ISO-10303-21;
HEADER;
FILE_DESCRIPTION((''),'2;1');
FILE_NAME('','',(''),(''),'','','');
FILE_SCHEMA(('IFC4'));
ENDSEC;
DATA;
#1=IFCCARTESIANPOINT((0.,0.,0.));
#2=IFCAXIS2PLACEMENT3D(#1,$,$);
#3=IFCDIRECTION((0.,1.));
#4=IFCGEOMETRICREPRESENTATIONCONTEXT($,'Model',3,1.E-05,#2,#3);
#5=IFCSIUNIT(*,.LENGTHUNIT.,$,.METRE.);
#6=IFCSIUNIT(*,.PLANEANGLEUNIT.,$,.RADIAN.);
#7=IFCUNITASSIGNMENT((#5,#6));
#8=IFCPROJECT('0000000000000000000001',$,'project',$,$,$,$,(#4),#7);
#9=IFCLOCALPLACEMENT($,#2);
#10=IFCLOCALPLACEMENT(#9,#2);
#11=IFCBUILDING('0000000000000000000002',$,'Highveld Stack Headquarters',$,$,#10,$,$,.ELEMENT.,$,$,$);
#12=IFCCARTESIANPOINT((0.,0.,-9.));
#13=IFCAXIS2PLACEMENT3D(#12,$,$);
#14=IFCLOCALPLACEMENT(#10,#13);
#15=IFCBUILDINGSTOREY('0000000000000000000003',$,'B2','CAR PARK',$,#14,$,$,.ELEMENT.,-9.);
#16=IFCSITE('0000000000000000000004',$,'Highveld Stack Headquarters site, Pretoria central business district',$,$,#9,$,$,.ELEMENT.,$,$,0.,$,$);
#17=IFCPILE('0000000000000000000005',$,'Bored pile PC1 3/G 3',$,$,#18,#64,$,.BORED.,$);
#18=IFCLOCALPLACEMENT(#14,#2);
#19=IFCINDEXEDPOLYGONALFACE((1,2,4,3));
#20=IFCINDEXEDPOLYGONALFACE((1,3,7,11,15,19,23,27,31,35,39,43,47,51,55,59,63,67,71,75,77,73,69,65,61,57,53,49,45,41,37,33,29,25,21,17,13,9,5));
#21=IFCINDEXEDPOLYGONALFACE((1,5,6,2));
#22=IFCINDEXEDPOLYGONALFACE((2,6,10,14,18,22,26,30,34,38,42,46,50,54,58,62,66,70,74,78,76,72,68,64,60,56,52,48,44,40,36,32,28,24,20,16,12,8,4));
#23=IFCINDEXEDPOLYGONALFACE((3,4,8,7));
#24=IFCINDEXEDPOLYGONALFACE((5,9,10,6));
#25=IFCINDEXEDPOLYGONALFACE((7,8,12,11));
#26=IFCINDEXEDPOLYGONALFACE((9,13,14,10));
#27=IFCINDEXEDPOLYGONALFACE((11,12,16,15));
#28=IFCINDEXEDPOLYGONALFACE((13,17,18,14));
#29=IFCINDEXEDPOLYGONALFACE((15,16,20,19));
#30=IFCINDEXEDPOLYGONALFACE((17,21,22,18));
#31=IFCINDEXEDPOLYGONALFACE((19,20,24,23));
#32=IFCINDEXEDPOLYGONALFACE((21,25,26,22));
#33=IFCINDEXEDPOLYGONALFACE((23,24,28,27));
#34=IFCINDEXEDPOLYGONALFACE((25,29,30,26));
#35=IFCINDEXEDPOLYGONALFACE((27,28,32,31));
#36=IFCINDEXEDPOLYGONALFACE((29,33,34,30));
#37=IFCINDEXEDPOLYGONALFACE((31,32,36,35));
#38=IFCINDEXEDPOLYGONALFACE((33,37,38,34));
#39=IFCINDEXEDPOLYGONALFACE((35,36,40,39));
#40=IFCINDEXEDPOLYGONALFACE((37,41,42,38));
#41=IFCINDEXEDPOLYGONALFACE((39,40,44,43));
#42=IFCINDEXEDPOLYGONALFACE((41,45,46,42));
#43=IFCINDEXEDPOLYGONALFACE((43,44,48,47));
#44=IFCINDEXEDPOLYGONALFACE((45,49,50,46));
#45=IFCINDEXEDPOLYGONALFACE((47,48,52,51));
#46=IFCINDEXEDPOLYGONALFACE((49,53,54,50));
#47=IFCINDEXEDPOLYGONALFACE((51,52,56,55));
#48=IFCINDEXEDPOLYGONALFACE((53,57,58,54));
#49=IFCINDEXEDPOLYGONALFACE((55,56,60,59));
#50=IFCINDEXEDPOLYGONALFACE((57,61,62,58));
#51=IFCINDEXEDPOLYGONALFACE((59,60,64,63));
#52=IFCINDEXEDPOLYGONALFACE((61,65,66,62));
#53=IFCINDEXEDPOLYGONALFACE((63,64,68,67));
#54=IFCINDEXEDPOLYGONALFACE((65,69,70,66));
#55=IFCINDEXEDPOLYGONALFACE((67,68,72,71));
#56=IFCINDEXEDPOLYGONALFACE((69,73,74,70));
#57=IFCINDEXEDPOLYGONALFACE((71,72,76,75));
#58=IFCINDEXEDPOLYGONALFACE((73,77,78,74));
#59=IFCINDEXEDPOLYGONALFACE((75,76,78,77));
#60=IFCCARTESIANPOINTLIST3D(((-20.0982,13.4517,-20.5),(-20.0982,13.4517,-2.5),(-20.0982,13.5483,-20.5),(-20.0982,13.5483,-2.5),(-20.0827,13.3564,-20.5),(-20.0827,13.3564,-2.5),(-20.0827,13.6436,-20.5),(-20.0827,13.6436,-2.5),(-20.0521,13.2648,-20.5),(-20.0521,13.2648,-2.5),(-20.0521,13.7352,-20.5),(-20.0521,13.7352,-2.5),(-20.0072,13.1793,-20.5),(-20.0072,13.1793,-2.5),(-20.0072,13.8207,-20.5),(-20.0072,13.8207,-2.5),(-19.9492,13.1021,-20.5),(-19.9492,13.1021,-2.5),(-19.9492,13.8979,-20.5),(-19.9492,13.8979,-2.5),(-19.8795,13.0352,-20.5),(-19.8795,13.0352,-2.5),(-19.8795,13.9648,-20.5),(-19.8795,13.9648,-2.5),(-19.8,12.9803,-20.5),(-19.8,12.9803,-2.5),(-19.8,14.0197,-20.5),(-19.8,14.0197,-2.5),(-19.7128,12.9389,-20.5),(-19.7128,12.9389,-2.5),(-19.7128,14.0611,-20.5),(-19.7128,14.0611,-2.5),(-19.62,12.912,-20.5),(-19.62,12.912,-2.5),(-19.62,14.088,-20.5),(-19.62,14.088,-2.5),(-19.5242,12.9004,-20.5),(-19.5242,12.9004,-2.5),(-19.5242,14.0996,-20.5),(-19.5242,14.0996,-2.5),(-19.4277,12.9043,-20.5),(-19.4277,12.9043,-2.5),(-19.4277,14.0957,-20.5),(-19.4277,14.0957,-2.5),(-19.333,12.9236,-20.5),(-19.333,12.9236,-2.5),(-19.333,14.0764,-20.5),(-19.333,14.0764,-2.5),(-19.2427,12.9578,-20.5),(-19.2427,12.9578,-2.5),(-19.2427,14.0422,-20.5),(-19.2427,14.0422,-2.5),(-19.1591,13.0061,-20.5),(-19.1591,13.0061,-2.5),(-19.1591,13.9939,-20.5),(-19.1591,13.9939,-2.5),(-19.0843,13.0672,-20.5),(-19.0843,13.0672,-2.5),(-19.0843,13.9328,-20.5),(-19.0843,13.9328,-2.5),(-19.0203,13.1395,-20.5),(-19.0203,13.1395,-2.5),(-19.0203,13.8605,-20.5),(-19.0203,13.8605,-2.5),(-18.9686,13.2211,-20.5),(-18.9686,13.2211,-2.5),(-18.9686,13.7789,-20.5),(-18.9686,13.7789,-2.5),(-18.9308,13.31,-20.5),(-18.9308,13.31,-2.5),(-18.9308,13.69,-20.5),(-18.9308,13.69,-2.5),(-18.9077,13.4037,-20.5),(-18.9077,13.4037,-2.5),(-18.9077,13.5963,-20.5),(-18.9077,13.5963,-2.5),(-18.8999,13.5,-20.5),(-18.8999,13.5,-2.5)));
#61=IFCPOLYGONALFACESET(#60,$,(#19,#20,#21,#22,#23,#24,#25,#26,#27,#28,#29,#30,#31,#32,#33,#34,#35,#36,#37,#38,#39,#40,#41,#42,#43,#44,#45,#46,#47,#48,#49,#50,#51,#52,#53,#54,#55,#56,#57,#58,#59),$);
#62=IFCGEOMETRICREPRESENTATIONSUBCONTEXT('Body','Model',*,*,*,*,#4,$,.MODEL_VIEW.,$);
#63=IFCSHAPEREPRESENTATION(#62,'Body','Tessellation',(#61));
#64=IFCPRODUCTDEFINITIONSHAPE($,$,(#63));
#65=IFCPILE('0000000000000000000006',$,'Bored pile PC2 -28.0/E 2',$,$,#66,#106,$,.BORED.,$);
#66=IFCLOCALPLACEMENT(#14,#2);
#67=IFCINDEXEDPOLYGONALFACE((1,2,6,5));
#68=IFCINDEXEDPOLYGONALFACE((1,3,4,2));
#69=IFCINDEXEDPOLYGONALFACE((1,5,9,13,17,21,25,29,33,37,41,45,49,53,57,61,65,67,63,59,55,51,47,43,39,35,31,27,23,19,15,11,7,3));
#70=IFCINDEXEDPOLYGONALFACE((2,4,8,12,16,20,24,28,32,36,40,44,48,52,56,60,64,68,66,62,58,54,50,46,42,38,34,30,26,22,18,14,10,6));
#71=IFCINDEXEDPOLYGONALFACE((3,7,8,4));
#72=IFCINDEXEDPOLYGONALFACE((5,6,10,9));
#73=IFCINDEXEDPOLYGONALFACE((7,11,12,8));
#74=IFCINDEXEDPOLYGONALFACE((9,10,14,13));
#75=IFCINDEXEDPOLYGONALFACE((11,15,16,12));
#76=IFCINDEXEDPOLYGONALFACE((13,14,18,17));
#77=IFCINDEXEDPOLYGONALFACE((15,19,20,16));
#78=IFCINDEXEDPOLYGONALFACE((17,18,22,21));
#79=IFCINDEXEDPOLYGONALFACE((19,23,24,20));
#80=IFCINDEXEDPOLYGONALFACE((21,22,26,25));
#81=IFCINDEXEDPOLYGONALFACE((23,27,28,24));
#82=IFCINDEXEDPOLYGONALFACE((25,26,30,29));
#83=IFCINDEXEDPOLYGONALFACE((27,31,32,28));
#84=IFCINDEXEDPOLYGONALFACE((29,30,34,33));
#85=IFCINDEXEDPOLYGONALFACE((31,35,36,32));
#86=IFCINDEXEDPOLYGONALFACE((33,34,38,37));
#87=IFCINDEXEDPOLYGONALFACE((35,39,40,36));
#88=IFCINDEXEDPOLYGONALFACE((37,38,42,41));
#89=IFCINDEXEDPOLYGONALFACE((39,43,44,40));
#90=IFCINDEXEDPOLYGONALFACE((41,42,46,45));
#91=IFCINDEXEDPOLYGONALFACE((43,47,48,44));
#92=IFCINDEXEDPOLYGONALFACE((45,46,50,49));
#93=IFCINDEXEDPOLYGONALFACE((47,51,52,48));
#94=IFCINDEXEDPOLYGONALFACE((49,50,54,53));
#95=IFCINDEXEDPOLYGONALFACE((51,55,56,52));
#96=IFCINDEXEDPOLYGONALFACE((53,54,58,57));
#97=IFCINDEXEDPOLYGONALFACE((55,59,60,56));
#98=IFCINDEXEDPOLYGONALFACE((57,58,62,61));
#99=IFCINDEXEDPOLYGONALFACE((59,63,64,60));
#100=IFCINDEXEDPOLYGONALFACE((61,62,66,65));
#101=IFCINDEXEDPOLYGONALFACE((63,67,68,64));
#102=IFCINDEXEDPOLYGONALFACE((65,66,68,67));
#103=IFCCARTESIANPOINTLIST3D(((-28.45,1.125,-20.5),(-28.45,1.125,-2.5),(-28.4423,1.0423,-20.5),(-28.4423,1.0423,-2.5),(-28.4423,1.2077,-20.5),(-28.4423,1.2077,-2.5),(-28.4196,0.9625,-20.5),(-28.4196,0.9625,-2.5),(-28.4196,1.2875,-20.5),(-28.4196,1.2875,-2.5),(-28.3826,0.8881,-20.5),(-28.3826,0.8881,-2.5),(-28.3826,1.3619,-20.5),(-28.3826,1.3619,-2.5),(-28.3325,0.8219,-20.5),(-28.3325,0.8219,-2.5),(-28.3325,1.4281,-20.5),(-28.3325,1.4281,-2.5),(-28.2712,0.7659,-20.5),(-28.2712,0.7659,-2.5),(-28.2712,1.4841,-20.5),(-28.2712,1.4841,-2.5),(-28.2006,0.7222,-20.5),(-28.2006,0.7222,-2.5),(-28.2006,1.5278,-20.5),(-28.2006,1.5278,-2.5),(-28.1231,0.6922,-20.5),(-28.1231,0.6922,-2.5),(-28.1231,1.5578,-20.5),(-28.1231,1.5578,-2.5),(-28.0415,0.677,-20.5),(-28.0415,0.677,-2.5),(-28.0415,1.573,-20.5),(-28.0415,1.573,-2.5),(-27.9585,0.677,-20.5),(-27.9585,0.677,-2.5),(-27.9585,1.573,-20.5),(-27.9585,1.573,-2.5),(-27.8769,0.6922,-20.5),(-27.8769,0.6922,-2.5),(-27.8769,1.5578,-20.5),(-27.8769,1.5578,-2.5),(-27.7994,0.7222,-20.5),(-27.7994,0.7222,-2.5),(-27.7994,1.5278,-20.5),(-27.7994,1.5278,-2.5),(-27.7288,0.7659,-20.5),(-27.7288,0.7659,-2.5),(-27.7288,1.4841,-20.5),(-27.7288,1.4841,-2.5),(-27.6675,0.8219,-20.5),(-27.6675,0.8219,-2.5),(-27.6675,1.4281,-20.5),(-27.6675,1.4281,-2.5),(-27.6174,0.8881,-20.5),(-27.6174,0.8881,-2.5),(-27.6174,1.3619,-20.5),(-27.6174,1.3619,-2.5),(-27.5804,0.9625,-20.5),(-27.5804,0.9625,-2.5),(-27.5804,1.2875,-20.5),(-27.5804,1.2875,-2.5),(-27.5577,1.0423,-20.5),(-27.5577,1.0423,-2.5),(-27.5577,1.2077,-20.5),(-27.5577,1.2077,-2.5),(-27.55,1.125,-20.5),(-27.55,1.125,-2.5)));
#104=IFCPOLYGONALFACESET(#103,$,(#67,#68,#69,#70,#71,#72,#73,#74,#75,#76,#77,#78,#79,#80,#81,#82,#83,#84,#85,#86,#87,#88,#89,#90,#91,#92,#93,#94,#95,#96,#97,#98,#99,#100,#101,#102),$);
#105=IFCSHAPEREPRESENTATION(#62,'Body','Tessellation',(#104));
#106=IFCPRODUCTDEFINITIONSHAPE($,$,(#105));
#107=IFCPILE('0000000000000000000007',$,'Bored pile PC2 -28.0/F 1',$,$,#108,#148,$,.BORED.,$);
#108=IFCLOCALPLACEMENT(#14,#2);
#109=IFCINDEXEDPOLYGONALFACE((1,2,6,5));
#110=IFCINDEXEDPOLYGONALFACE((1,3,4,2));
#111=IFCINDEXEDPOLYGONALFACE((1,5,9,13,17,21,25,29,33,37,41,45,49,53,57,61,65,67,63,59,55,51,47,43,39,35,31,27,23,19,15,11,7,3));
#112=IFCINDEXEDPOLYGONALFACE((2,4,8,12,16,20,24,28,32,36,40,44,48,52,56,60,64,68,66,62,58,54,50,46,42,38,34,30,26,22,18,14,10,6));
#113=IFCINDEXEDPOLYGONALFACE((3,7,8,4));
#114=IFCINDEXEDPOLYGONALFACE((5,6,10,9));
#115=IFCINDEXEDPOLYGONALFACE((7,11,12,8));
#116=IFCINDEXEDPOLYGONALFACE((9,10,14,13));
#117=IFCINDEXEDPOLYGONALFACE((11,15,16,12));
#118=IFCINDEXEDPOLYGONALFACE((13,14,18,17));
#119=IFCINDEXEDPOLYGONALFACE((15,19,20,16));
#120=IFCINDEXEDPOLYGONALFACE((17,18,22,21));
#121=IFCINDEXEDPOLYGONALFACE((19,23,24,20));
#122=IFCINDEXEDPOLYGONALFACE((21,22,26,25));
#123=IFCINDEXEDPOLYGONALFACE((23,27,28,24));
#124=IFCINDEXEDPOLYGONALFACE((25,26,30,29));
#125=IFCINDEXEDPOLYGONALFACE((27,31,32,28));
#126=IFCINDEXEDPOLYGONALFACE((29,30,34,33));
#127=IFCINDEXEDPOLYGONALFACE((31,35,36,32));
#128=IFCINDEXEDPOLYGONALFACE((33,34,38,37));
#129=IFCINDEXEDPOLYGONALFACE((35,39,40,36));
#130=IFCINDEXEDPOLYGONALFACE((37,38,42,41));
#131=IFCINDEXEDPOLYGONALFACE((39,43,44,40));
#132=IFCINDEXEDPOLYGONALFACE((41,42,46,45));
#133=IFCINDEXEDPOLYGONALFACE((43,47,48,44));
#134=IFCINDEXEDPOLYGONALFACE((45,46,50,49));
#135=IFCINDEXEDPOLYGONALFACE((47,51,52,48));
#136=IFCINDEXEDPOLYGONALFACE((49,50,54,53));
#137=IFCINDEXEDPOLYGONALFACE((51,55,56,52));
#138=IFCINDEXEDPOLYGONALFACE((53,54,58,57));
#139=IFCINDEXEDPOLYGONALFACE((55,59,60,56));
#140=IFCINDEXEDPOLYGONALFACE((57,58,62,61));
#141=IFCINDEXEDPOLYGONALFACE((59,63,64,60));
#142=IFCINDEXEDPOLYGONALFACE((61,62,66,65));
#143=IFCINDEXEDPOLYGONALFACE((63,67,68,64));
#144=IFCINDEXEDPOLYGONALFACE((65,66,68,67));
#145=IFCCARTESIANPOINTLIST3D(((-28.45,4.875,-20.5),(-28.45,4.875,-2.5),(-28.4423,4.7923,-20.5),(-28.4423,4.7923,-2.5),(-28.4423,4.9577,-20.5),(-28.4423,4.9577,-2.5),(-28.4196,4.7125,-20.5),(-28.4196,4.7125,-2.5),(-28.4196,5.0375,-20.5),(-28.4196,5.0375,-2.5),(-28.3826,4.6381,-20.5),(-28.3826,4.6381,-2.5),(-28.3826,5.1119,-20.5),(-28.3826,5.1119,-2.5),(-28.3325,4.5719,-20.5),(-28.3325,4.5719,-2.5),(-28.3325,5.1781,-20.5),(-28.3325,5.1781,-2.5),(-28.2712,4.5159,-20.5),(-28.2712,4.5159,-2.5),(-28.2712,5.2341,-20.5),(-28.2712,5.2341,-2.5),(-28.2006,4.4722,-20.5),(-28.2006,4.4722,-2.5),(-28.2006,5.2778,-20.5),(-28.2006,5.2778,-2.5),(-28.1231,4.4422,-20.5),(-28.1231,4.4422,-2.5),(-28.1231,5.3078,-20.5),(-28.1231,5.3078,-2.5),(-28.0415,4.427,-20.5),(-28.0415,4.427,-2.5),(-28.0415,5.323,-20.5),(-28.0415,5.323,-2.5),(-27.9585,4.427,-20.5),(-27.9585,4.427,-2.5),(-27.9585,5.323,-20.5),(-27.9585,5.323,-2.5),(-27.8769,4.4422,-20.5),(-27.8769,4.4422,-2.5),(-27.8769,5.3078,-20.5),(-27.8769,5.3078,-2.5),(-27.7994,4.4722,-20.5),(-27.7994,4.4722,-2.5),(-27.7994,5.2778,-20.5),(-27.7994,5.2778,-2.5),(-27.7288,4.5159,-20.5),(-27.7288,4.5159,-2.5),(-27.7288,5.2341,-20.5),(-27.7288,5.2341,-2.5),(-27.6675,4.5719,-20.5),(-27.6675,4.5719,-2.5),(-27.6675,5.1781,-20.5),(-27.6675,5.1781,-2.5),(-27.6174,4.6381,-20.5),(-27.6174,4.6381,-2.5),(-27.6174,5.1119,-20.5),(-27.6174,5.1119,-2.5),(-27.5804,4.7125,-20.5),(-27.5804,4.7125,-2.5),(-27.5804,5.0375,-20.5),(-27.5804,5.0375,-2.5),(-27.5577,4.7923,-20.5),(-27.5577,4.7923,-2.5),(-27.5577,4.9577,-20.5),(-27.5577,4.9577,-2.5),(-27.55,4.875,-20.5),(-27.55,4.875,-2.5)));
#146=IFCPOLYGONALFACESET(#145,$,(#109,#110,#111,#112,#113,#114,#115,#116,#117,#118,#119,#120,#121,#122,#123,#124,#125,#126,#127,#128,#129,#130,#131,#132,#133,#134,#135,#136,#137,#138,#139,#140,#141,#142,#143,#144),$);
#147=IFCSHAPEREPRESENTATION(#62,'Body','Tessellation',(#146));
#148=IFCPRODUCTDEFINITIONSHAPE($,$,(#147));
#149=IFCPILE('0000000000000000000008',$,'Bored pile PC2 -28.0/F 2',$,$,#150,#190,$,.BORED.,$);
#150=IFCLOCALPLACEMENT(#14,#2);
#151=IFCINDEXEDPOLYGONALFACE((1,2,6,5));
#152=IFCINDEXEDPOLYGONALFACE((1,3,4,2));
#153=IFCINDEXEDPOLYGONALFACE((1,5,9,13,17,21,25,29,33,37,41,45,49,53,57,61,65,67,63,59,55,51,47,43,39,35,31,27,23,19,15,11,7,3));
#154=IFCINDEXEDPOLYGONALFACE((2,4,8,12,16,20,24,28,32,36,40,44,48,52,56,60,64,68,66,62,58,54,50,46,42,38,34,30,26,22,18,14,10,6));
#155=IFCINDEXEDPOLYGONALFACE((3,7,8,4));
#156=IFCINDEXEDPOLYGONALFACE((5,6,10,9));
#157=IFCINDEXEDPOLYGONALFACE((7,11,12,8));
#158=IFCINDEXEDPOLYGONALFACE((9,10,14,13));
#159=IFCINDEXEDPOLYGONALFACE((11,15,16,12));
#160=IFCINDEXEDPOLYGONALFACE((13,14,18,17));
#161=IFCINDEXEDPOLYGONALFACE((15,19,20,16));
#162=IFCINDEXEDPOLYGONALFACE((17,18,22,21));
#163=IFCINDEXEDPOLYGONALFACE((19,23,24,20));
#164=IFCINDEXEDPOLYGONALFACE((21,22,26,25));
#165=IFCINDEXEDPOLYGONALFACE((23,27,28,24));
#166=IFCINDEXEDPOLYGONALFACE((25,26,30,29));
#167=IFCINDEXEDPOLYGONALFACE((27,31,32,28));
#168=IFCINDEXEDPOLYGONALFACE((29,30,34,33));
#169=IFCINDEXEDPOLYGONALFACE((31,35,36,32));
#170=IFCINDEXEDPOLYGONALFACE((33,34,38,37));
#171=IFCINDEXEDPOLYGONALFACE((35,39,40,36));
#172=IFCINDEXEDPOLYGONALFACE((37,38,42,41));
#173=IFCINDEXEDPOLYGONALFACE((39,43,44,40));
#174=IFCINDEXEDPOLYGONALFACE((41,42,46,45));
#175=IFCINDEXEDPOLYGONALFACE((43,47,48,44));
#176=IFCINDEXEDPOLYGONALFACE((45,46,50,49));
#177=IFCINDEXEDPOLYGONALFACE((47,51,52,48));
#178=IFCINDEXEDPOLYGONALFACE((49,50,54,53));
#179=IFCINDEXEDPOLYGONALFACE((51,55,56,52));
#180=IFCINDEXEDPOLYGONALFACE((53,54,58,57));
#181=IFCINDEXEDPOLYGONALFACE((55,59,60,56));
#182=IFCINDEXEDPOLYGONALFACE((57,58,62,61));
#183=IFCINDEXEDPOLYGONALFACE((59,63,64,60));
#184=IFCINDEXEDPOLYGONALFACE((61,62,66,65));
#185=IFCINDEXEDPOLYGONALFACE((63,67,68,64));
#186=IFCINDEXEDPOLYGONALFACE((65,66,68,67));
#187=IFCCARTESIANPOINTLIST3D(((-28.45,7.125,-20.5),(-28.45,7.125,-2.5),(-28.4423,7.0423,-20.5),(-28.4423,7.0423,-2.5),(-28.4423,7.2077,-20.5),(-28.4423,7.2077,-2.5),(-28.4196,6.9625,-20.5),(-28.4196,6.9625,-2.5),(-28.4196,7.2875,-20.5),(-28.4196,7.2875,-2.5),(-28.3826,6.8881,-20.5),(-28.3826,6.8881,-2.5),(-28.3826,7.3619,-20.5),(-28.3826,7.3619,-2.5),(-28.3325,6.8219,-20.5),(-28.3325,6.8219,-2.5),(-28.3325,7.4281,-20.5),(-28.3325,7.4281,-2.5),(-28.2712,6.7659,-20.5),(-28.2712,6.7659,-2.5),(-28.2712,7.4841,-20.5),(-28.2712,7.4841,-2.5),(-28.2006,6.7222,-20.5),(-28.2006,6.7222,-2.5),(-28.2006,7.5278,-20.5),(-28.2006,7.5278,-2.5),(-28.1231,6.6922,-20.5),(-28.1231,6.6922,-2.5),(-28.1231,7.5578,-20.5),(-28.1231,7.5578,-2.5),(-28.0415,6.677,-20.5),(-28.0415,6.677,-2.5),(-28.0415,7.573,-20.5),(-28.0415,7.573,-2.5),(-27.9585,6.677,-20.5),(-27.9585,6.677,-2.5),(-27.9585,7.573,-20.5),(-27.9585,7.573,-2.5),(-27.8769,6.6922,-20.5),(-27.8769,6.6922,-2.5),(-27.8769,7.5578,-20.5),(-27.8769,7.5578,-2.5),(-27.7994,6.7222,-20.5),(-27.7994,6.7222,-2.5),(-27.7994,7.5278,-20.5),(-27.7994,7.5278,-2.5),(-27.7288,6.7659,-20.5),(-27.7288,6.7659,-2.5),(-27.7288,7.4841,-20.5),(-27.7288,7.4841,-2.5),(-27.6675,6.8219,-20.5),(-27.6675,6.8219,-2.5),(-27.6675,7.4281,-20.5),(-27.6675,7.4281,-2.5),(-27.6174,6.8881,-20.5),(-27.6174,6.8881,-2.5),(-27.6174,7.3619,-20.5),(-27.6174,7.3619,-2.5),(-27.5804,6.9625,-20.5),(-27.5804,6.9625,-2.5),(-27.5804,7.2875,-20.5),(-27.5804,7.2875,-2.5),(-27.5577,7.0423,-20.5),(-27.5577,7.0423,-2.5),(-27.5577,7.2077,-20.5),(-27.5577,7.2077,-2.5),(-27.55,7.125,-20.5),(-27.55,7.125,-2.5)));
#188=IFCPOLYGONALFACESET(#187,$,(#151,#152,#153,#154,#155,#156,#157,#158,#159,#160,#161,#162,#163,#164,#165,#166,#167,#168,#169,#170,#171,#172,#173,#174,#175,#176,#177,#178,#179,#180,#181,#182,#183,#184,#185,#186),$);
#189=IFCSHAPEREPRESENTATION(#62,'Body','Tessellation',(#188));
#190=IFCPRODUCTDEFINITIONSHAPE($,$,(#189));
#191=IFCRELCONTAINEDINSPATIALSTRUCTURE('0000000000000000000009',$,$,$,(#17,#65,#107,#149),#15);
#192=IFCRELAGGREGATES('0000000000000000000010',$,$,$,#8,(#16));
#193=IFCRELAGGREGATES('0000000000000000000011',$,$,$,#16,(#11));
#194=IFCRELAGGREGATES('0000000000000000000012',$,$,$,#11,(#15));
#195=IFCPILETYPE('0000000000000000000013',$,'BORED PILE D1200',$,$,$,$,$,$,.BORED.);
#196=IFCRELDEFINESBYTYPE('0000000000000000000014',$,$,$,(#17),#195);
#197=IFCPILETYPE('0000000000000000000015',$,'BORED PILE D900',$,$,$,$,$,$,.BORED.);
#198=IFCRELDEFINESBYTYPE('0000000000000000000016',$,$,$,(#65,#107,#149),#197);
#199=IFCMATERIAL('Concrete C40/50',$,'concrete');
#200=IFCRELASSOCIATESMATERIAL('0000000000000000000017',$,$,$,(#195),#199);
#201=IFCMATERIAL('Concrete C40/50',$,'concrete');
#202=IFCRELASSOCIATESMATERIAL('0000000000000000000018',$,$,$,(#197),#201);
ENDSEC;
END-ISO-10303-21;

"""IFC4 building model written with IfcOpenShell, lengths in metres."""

from ifc_helpers import new_model, si_unit, direction, frame, origin, origin_2d, place, context, subcontext, project, spatial, circle, extrude, material, type_object, element, save


model = new_model("IFC4")

# Units and contexts
model_context = context("Model", 3, precision=1e-05, world=origin(), true_north=direction((0.0, 1.0)))
body_context = subcontext(model_context, "Body", "Model", "MODEL_VIEW")
ifc_project = project(units=[si_unit("LENGTHUNIT", "METRE"), si_unit("PLANEANGLEUNIT", "RADIAN")], contexts=[model_context])

# Site, building, storey
site_placement = place(None, origin())
site = spatial("IfcSite", under=ifc_project, at=site_placement, Name="Highveld Stack Headquarters site, Pretoria central business district", CompositionType="ELEMENT", RefElevation=0.0)
building_placement = place(site_placement, origin())
building = spatial("IfcBuilding", under=site, at=building_placement, Name="Highveld Stack Headquarters", CompositionType="ELEMENT")
storey_placement = place(building_placement, frame((0.0, 0.0, -9.0)))
storey = spatial("IfcBuildingStorey", under=building, at=storey_placement, Name="B2", Description="CAR PARK", CompositionType="ELEMENT", Elevation=-9.0)

# Piles
ifc_material_1 = material(Name="Concrete C40/50", Category="concrete")
pile_type_1 = type_object("IfcPileType", Name="BORED PILE D1200", PredefinedType="BORED", material=ifc_material_1)
for number, where, z_axis, x_axis, name in (
    (1, (-19.5, 13.5, -2.5), (0.0, 0.0, -1.0), (1.0, 0.0, 0.0), "Bored pile PC1 3/G 3"),
):
    element("IfcPile", number, at=place(storey_placement, frame(where, z_axis=z_axis, x_axis=x_axis)), inside=storey, type_object=pile_type_1, Name=name, PredefinedType="BORED", context=body_context, shape_type="SweptSolid", body=[
        extrude(circle(Radius=0.6001, at=origin_2d()), origin(), (0.0, 0.0, 1.0), 18.0),
    ])
ifc_material_2 = material(Name="Concrete C40/50", Category="concrete")
pile_type_2 = type_object("IfcPileType", Name="BORED PILE D900", PredefinedType="BORED", material=ifc_material_2)
for number, where, z_axis, x_axis, name in (
    (2, (-28.0, 1.125, -2.5), (0.0, 0.0, -1.0), (1.0, 0.0, 0.0), "Bored pile PC2 -28.0/E 2"),
    (3, (-28.0, 4.875, -2.5), (0.0, 0.0, -1.0), (1.0, 0.0, 0.0), "Bored pile PC2 -28.0/F 1"),
    (4, (-28.0, 7.125, -2.5), (0.0, 0.0, -1.0), (1.0, 0.0, 0.0), "Bored pile PC2 -28.0/F 2"),
):
    element("IfcPile", number, at=place(storey_placement, frame(where, z_axis=z_axis, x_axis=x_axis)), inside=storey, type_object=pile_type_2, Name=name, PredefinedType="BORED", context=body_context, shape_type="SweptSolid", body=[
        extrude(circle(Radius=0.45, at=origin_2d()), origin(), (0.0, 0.0, 1.0), 18.0),
    ])

save(model, "model.ifc")
